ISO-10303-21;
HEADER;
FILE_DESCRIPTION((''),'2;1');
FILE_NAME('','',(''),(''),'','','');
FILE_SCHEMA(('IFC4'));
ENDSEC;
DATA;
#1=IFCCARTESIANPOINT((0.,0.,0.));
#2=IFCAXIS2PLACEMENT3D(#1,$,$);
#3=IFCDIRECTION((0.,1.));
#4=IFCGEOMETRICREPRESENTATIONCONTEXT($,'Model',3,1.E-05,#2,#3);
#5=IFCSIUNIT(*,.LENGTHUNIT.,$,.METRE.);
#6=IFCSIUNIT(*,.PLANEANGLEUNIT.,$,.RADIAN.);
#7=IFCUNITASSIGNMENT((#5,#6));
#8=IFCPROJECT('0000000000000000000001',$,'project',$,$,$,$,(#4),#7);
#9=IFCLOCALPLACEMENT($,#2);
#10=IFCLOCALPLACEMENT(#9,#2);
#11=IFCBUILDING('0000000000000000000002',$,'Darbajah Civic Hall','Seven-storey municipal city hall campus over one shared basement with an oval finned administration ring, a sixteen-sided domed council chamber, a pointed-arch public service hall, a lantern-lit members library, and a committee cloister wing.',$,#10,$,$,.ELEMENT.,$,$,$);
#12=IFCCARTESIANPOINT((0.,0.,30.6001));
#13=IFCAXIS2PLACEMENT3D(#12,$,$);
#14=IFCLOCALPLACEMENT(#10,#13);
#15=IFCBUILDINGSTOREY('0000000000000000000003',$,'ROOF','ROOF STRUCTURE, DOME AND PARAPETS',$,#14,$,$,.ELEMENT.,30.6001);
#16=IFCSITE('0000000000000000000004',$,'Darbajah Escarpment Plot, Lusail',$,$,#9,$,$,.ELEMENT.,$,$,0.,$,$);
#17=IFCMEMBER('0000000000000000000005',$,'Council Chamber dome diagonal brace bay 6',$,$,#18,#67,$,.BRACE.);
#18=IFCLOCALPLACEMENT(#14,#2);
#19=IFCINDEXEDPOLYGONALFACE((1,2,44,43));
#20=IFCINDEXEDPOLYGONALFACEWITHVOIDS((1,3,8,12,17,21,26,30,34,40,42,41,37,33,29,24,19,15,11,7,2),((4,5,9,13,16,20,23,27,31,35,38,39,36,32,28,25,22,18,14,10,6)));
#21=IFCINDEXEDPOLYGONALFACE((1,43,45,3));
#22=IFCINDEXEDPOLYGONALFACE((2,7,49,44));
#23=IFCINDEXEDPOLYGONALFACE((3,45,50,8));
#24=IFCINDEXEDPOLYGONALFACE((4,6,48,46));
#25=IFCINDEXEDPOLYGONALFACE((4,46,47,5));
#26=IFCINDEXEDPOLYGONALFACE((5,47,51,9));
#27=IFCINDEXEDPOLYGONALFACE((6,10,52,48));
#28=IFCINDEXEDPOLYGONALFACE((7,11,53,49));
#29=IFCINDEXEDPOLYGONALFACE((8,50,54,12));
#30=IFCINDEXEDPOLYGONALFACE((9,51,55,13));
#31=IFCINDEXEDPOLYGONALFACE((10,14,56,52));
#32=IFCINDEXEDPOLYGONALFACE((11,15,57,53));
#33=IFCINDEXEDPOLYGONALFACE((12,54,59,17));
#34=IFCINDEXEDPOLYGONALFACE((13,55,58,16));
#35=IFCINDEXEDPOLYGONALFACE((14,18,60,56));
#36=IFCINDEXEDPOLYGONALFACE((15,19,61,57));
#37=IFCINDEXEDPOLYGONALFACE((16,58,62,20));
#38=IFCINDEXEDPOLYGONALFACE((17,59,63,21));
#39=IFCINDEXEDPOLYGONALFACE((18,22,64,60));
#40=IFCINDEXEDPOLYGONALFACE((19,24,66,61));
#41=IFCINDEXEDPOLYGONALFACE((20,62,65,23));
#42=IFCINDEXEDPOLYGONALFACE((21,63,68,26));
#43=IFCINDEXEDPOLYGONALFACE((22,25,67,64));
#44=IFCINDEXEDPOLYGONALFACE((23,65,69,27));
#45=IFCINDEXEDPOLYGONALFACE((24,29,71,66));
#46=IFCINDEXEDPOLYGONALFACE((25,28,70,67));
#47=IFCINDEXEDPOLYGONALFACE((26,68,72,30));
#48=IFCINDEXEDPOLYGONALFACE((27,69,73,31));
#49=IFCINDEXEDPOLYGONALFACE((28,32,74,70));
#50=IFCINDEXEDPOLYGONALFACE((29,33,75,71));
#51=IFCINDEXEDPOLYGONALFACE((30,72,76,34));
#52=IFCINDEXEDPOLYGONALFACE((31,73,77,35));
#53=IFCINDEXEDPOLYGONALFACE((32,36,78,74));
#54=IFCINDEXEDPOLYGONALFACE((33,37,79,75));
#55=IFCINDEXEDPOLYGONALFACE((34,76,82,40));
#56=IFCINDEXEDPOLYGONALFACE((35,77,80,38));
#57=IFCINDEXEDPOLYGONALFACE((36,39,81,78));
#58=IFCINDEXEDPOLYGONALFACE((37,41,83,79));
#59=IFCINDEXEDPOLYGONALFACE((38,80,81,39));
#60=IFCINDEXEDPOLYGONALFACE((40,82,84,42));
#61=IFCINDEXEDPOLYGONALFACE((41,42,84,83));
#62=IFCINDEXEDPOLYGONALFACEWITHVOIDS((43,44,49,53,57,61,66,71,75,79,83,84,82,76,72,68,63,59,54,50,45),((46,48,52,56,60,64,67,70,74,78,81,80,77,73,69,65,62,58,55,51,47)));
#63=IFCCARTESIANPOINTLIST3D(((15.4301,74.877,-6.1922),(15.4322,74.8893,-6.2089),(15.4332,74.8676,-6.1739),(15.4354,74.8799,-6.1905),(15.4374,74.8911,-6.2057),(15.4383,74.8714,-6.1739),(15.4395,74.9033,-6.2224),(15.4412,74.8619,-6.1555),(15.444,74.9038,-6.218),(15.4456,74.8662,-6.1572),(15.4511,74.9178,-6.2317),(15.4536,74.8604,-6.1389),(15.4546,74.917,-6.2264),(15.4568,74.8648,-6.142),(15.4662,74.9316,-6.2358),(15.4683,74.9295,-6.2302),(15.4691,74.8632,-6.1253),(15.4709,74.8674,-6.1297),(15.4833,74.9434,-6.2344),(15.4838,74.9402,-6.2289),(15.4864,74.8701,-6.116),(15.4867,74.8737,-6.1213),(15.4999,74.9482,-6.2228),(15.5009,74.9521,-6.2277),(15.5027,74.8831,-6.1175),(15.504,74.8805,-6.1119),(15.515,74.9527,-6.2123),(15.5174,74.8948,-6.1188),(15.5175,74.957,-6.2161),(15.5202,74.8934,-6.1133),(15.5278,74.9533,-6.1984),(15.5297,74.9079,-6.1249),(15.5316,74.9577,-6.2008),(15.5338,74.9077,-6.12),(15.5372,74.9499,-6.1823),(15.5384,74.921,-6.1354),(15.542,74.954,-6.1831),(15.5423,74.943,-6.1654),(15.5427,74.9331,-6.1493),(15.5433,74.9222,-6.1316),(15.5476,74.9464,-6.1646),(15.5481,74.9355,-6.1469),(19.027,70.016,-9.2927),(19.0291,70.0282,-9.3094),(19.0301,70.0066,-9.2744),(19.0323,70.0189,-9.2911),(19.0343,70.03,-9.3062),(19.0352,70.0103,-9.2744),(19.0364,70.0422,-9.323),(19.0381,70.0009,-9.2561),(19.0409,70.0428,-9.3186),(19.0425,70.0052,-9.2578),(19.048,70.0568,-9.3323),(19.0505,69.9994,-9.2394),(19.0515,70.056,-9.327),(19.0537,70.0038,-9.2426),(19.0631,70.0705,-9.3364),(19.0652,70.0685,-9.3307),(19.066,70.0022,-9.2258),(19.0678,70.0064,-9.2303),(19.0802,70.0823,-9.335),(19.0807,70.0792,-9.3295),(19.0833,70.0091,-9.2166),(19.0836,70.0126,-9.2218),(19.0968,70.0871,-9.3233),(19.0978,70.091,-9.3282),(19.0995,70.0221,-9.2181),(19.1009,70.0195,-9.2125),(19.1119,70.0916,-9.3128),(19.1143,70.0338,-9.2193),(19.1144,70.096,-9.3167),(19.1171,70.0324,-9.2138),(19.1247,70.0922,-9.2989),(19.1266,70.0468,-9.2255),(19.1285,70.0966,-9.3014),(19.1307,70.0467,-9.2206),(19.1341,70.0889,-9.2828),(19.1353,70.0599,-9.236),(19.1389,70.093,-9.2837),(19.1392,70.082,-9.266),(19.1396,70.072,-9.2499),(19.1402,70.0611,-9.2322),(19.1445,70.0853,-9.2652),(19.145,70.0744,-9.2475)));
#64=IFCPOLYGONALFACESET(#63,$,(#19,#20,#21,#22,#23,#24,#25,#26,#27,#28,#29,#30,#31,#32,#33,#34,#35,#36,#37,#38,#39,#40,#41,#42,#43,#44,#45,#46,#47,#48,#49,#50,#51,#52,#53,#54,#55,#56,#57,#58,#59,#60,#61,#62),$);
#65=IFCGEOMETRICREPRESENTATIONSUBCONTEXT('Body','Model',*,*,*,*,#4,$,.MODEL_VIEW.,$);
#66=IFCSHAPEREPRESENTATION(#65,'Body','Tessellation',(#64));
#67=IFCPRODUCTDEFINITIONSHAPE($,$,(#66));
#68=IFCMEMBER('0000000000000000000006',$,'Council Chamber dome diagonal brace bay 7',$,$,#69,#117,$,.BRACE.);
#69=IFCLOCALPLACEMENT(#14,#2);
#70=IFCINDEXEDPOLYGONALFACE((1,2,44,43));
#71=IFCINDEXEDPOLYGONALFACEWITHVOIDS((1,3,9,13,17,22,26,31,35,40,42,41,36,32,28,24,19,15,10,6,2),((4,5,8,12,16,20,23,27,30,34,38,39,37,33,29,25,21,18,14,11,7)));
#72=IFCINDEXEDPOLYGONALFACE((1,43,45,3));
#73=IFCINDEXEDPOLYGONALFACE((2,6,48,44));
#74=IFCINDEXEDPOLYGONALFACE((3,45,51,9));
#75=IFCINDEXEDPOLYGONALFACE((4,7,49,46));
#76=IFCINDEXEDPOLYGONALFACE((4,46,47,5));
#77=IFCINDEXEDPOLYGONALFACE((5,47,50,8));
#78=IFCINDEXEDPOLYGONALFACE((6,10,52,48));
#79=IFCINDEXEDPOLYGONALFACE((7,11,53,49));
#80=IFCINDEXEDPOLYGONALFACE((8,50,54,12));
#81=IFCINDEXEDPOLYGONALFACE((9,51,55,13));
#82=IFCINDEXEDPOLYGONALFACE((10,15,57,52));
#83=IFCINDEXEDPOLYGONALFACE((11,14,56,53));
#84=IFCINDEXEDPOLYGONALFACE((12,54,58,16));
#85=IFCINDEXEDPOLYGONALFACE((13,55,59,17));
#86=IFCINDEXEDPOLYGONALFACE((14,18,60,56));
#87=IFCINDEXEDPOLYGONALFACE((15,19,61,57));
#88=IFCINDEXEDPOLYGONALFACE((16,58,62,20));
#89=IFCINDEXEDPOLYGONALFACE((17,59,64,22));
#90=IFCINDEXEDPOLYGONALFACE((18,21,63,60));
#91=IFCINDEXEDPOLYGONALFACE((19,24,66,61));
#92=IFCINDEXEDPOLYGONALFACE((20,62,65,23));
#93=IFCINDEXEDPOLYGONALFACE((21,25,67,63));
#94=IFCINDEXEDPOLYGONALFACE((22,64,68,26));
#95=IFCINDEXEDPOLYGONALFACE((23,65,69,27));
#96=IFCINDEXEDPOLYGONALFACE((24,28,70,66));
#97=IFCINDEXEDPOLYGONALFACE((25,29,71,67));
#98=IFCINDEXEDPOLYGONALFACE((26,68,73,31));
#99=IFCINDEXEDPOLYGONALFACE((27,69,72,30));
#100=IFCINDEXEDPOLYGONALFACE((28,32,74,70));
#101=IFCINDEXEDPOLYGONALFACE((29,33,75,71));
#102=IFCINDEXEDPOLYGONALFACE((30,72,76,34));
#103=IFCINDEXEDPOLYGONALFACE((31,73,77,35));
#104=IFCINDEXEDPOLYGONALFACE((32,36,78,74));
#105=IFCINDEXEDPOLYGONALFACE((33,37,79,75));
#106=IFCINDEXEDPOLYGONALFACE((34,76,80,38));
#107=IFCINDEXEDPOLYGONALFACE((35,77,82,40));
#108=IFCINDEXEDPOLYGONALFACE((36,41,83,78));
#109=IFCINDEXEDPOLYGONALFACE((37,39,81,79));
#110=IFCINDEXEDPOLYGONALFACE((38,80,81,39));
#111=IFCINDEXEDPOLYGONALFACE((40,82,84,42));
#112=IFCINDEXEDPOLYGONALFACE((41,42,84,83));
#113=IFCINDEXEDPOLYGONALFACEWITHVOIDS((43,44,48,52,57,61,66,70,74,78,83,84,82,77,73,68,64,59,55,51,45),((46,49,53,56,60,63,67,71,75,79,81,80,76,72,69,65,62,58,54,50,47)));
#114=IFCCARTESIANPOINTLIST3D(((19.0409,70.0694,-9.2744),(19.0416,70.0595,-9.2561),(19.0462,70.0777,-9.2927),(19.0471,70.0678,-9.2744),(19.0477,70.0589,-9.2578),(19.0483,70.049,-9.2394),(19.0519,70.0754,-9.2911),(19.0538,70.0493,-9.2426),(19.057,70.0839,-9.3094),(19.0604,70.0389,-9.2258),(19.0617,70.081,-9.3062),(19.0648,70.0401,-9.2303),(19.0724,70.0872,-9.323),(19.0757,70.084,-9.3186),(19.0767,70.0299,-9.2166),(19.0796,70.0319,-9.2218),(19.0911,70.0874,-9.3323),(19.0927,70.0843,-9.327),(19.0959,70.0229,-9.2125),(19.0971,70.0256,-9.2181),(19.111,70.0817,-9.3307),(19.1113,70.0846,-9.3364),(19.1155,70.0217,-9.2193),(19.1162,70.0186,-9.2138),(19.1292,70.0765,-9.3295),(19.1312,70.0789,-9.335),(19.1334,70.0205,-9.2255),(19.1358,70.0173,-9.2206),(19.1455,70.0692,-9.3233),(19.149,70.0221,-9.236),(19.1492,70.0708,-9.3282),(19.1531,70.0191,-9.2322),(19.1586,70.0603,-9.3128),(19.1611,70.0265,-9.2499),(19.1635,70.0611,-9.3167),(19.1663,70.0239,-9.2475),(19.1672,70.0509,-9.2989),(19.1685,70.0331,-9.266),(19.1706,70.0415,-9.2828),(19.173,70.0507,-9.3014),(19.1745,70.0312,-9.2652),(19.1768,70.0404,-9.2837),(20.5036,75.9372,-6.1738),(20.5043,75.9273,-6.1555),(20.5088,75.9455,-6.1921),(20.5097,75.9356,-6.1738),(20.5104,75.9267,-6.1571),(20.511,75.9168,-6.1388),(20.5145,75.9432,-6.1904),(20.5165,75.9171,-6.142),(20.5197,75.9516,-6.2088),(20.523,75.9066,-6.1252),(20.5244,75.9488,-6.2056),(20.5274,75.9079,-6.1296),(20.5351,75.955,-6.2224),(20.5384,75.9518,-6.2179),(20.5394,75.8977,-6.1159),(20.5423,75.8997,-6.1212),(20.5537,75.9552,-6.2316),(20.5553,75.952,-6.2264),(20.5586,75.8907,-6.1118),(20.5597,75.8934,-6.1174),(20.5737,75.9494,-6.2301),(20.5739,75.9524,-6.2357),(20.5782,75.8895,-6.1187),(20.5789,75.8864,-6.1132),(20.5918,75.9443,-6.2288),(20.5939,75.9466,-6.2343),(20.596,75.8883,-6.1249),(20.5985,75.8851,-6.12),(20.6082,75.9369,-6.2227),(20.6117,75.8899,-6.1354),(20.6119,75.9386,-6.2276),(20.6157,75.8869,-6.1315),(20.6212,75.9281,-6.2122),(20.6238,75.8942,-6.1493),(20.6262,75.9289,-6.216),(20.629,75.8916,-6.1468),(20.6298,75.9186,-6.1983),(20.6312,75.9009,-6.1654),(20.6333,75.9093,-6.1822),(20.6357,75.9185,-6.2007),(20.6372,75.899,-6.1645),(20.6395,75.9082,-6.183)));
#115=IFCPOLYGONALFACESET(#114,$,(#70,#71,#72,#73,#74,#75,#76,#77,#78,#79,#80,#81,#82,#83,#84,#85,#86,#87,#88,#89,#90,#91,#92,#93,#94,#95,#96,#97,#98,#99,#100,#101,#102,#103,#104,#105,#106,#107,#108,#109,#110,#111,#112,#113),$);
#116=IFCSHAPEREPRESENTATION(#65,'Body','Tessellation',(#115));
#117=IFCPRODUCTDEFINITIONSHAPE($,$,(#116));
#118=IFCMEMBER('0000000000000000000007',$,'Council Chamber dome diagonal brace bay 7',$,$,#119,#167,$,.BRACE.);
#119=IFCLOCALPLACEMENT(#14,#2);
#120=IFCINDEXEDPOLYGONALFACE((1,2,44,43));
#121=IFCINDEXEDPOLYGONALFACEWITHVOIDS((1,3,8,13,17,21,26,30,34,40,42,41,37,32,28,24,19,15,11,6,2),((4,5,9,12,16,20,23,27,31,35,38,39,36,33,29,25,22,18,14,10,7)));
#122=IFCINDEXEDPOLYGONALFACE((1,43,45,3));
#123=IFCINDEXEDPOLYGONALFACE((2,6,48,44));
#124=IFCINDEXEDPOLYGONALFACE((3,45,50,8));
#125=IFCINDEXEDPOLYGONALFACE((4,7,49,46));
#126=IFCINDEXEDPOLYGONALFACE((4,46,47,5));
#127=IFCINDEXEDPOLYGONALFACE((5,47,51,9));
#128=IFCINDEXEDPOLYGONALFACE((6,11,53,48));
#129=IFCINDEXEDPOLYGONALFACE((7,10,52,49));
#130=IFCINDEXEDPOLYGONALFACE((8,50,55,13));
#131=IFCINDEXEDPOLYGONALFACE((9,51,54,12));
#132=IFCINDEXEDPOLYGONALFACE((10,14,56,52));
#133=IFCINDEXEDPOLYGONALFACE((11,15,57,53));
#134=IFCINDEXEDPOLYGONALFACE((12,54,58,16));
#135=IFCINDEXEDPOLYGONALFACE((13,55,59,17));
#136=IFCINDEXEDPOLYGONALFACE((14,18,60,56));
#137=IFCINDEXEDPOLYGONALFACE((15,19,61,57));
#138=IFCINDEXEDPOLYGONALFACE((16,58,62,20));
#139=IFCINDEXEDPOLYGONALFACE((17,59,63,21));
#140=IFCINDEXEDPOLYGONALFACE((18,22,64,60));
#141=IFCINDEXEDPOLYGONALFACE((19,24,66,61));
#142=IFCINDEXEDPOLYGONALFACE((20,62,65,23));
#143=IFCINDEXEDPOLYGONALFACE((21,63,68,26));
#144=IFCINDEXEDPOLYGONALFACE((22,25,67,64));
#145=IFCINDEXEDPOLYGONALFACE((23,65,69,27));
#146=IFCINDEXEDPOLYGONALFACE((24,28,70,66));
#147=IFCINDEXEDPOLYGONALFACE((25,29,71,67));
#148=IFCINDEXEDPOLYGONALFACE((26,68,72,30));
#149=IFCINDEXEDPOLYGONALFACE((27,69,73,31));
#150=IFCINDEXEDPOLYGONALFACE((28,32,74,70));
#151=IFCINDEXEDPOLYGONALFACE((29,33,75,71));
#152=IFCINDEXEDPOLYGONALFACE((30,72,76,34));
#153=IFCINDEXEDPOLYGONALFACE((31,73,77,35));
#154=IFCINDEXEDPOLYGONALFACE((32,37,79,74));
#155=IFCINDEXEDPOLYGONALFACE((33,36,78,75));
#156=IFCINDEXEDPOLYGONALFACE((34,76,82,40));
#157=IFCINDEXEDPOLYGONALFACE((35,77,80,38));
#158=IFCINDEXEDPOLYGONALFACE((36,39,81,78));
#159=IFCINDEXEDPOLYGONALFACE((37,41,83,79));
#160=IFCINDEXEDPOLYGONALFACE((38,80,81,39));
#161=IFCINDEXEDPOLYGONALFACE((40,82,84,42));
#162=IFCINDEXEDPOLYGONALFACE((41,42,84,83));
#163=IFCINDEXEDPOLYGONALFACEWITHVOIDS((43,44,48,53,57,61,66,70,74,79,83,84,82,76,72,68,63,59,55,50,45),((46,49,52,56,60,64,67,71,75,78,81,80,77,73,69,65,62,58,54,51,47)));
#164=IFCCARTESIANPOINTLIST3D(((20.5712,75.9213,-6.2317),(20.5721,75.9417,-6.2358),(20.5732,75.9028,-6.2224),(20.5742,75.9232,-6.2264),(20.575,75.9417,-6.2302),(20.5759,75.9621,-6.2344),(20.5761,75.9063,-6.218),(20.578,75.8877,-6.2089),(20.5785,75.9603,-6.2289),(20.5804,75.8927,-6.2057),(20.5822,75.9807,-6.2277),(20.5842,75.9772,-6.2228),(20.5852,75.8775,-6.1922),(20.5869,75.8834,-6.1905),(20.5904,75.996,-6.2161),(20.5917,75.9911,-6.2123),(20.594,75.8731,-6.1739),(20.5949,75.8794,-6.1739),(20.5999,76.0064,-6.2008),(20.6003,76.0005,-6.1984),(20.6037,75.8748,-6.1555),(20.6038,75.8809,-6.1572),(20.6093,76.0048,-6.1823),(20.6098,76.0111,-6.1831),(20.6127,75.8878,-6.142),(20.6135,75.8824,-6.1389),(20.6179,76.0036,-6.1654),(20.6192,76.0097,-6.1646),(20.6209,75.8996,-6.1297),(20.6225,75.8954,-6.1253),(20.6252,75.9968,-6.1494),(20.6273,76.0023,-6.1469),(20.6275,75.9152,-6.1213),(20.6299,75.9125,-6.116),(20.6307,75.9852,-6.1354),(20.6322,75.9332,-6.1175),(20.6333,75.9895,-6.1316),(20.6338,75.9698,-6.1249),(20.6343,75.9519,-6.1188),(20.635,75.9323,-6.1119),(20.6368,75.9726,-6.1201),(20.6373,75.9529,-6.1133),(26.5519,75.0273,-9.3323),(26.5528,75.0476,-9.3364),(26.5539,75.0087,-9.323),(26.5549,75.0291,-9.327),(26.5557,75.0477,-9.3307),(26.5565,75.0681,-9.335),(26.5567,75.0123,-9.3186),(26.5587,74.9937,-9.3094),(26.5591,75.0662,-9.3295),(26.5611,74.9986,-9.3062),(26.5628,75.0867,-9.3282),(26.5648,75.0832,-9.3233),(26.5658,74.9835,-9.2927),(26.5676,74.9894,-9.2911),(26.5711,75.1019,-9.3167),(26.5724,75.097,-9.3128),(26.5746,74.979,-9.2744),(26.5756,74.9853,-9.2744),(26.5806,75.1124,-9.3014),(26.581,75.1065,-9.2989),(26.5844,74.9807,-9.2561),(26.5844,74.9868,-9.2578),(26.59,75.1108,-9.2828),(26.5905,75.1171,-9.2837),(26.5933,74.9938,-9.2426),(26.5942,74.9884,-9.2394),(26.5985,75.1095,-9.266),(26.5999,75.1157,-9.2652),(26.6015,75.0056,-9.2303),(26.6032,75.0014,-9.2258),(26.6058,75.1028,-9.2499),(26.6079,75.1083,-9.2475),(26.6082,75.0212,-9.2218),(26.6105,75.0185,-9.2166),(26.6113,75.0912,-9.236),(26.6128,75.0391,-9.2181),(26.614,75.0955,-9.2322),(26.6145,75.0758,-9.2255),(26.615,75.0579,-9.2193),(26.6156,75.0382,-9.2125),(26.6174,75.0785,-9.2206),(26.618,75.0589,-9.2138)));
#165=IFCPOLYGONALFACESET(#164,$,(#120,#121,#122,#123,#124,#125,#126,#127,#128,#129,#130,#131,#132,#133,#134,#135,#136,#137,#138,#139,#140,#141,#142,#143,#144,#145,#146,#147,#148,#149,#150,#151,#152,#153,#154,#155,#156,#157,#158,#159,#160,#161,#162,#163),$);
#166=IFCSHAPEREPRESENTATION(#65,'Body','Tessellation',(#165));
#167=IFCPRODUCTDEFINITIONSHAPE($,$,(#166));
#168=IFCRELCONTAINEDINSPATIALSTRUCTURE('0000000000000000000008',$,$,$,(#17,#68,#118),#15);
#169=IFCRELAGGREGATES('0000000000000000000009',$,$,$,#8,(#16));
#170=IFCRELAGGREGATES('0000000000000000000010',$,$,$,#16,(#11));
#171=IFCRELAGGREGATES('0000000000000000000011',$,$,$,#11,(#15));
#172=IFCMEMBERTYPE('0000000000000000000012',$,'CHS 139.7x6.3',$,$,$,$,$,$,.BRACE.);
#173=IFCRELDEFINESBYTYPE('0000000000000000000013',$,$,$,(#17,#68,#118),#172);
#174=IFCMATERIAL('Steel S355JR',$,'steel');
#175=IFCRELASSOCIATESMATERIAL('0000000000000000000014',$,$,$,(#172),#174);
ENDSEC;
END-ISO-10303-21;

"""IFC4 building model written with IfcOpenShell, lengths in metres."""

from ifc_helpers import new_model, si_unit, direction, frame, origin, origin_2d, place, context, subcontext, project, spatial, hollow_circle, extrude, material, material_profile, profile_set, type_object, element, save


model = new_model("IFC4")

# Units and contexts
model_context = context("Model", 3, precision=1e-05, world=origin(), true_north=direction((0.0, 1.0)))
body_context = subcontext(model_context, "Body", "Model", "MODEL_VIEW")
ifc_project = project(units=[si_unit("LENGTHUNIT", "METRE"), si_unit("PLANEANGLEUNIT", "RADIAN")], contexts=[model_context])

# Site, building, storey
site_placement = place(None, origin())
site = spatial("IfcSite", under=ifc_project, at=site_placement, Name="Darbajah Escarpment Plot, Lusail", CompositionType="ELEMENT", RefElevation=0.0)
building_placement = place(site_placement, origin())
building = spatial("IfcBuilding", under=site, at=building_placement, Name="Darbajah Civic Hall", Description="Seven-storey municipal city hall campus over one shared basement with an oval finned administration ring, a sixteen-sided domed council chamber, a pointed-arch public service hall, a lantern-lit members library, and a committee cloister wing.", CompositionType="ELEMENT")
storey_placement = place(building_placement, frame((0.0, 0.0, 30.6001)))
storey = spatial("IfcBuildingStorey", under=building, at=storey_placement, Name="ROOF", Description="ROOF STRUCTURE, DOME AND PARAPETS", CompositionType="ELEMENT", Elevation=30.6001)

# Members
ifc_material = material(Name="Steel S355JR", Category="steel")
ifc_material_profile_1 = material_profile(ifc_material, hollow_circle(Radius=0.0698, WallThickness=0.0063, at=origin_2d()), Name="CHS 139.7x6.3")
ifc_profile_set_1 = profile_set([ifc_material_profile_1], Name="Steel S355JR")
member_type_1 = type_object("IfcMemberType", Name="CHS 139.7x6.3", PredefinedType="BRACE", material=ifc_profile_set_1)
member_1_placement = place(storey_placement, frame((19.0862, 70.0481, -9.2744), z_axis=(-0.529294, 0.715317, 0.456257), x_axis=(-0.803864, -0.594813, 0.0)))
element("IfcMember", 1, at=member_1_placement, inside=storey, type_object=member_type_1, Name="Council Chamber dome diagonal brace bay 6", PredefinedType="BRACE", context=body_context, shape_type="SweptSolid", body=[
    extrude(hollow_circle(Radius=0.0698, WallThickness=0.0063, at=origin_2d()), origin(), (0.0, 0.0, 1.0), 6.7957),
])
member_2_placement = place(storey_placement, frame((19.1086, 70.0525, -9.2744), z_axis=(0.215229, 0.86343, 0.456252), x_axis=(-0.970309, 0.241871, 0.0)))
element("IfcMember", 2, at=member_2_placement, inside=storey, type_object=member_type_1, Name="Council Chamber dome diagonal brace bay 7", PredefinedType="BRACE", context=body_context, shape_type="SweptSolid", body=[
    extrude(hollow_circle(Radius=0.0698, WallThickness=0.0063, at=origin_2d()), origin(), (0.0, 0.0, 1.0), 6.7959),
])
for number, where, z_axis, x_axis, name in (
    (3, (26.585, 75.0481, -9.2744), (-0.88007, 0.13156, 0.456255), (-0.147845, -0.989011, 0.0), "Council Chamber dome diagonal brace bay 7"),
):
    element("IfcMember", number, at=place(storey_placement, frame(where, z_axis=z_axis, x_axis=x_axis)), inside=storey, type_object=member_type_1, Name=name, PredefinedType="BRACE", context=body_context, shape_type="SweptSolid", body=[
        extrude(hollow_circle(Radius=0.0698, WallThickness=0.0063, at=origin_2d()), origin(), (0.0, 0.0, 1.0), 6.7957),
    ])

save(model, "model.ifc")
